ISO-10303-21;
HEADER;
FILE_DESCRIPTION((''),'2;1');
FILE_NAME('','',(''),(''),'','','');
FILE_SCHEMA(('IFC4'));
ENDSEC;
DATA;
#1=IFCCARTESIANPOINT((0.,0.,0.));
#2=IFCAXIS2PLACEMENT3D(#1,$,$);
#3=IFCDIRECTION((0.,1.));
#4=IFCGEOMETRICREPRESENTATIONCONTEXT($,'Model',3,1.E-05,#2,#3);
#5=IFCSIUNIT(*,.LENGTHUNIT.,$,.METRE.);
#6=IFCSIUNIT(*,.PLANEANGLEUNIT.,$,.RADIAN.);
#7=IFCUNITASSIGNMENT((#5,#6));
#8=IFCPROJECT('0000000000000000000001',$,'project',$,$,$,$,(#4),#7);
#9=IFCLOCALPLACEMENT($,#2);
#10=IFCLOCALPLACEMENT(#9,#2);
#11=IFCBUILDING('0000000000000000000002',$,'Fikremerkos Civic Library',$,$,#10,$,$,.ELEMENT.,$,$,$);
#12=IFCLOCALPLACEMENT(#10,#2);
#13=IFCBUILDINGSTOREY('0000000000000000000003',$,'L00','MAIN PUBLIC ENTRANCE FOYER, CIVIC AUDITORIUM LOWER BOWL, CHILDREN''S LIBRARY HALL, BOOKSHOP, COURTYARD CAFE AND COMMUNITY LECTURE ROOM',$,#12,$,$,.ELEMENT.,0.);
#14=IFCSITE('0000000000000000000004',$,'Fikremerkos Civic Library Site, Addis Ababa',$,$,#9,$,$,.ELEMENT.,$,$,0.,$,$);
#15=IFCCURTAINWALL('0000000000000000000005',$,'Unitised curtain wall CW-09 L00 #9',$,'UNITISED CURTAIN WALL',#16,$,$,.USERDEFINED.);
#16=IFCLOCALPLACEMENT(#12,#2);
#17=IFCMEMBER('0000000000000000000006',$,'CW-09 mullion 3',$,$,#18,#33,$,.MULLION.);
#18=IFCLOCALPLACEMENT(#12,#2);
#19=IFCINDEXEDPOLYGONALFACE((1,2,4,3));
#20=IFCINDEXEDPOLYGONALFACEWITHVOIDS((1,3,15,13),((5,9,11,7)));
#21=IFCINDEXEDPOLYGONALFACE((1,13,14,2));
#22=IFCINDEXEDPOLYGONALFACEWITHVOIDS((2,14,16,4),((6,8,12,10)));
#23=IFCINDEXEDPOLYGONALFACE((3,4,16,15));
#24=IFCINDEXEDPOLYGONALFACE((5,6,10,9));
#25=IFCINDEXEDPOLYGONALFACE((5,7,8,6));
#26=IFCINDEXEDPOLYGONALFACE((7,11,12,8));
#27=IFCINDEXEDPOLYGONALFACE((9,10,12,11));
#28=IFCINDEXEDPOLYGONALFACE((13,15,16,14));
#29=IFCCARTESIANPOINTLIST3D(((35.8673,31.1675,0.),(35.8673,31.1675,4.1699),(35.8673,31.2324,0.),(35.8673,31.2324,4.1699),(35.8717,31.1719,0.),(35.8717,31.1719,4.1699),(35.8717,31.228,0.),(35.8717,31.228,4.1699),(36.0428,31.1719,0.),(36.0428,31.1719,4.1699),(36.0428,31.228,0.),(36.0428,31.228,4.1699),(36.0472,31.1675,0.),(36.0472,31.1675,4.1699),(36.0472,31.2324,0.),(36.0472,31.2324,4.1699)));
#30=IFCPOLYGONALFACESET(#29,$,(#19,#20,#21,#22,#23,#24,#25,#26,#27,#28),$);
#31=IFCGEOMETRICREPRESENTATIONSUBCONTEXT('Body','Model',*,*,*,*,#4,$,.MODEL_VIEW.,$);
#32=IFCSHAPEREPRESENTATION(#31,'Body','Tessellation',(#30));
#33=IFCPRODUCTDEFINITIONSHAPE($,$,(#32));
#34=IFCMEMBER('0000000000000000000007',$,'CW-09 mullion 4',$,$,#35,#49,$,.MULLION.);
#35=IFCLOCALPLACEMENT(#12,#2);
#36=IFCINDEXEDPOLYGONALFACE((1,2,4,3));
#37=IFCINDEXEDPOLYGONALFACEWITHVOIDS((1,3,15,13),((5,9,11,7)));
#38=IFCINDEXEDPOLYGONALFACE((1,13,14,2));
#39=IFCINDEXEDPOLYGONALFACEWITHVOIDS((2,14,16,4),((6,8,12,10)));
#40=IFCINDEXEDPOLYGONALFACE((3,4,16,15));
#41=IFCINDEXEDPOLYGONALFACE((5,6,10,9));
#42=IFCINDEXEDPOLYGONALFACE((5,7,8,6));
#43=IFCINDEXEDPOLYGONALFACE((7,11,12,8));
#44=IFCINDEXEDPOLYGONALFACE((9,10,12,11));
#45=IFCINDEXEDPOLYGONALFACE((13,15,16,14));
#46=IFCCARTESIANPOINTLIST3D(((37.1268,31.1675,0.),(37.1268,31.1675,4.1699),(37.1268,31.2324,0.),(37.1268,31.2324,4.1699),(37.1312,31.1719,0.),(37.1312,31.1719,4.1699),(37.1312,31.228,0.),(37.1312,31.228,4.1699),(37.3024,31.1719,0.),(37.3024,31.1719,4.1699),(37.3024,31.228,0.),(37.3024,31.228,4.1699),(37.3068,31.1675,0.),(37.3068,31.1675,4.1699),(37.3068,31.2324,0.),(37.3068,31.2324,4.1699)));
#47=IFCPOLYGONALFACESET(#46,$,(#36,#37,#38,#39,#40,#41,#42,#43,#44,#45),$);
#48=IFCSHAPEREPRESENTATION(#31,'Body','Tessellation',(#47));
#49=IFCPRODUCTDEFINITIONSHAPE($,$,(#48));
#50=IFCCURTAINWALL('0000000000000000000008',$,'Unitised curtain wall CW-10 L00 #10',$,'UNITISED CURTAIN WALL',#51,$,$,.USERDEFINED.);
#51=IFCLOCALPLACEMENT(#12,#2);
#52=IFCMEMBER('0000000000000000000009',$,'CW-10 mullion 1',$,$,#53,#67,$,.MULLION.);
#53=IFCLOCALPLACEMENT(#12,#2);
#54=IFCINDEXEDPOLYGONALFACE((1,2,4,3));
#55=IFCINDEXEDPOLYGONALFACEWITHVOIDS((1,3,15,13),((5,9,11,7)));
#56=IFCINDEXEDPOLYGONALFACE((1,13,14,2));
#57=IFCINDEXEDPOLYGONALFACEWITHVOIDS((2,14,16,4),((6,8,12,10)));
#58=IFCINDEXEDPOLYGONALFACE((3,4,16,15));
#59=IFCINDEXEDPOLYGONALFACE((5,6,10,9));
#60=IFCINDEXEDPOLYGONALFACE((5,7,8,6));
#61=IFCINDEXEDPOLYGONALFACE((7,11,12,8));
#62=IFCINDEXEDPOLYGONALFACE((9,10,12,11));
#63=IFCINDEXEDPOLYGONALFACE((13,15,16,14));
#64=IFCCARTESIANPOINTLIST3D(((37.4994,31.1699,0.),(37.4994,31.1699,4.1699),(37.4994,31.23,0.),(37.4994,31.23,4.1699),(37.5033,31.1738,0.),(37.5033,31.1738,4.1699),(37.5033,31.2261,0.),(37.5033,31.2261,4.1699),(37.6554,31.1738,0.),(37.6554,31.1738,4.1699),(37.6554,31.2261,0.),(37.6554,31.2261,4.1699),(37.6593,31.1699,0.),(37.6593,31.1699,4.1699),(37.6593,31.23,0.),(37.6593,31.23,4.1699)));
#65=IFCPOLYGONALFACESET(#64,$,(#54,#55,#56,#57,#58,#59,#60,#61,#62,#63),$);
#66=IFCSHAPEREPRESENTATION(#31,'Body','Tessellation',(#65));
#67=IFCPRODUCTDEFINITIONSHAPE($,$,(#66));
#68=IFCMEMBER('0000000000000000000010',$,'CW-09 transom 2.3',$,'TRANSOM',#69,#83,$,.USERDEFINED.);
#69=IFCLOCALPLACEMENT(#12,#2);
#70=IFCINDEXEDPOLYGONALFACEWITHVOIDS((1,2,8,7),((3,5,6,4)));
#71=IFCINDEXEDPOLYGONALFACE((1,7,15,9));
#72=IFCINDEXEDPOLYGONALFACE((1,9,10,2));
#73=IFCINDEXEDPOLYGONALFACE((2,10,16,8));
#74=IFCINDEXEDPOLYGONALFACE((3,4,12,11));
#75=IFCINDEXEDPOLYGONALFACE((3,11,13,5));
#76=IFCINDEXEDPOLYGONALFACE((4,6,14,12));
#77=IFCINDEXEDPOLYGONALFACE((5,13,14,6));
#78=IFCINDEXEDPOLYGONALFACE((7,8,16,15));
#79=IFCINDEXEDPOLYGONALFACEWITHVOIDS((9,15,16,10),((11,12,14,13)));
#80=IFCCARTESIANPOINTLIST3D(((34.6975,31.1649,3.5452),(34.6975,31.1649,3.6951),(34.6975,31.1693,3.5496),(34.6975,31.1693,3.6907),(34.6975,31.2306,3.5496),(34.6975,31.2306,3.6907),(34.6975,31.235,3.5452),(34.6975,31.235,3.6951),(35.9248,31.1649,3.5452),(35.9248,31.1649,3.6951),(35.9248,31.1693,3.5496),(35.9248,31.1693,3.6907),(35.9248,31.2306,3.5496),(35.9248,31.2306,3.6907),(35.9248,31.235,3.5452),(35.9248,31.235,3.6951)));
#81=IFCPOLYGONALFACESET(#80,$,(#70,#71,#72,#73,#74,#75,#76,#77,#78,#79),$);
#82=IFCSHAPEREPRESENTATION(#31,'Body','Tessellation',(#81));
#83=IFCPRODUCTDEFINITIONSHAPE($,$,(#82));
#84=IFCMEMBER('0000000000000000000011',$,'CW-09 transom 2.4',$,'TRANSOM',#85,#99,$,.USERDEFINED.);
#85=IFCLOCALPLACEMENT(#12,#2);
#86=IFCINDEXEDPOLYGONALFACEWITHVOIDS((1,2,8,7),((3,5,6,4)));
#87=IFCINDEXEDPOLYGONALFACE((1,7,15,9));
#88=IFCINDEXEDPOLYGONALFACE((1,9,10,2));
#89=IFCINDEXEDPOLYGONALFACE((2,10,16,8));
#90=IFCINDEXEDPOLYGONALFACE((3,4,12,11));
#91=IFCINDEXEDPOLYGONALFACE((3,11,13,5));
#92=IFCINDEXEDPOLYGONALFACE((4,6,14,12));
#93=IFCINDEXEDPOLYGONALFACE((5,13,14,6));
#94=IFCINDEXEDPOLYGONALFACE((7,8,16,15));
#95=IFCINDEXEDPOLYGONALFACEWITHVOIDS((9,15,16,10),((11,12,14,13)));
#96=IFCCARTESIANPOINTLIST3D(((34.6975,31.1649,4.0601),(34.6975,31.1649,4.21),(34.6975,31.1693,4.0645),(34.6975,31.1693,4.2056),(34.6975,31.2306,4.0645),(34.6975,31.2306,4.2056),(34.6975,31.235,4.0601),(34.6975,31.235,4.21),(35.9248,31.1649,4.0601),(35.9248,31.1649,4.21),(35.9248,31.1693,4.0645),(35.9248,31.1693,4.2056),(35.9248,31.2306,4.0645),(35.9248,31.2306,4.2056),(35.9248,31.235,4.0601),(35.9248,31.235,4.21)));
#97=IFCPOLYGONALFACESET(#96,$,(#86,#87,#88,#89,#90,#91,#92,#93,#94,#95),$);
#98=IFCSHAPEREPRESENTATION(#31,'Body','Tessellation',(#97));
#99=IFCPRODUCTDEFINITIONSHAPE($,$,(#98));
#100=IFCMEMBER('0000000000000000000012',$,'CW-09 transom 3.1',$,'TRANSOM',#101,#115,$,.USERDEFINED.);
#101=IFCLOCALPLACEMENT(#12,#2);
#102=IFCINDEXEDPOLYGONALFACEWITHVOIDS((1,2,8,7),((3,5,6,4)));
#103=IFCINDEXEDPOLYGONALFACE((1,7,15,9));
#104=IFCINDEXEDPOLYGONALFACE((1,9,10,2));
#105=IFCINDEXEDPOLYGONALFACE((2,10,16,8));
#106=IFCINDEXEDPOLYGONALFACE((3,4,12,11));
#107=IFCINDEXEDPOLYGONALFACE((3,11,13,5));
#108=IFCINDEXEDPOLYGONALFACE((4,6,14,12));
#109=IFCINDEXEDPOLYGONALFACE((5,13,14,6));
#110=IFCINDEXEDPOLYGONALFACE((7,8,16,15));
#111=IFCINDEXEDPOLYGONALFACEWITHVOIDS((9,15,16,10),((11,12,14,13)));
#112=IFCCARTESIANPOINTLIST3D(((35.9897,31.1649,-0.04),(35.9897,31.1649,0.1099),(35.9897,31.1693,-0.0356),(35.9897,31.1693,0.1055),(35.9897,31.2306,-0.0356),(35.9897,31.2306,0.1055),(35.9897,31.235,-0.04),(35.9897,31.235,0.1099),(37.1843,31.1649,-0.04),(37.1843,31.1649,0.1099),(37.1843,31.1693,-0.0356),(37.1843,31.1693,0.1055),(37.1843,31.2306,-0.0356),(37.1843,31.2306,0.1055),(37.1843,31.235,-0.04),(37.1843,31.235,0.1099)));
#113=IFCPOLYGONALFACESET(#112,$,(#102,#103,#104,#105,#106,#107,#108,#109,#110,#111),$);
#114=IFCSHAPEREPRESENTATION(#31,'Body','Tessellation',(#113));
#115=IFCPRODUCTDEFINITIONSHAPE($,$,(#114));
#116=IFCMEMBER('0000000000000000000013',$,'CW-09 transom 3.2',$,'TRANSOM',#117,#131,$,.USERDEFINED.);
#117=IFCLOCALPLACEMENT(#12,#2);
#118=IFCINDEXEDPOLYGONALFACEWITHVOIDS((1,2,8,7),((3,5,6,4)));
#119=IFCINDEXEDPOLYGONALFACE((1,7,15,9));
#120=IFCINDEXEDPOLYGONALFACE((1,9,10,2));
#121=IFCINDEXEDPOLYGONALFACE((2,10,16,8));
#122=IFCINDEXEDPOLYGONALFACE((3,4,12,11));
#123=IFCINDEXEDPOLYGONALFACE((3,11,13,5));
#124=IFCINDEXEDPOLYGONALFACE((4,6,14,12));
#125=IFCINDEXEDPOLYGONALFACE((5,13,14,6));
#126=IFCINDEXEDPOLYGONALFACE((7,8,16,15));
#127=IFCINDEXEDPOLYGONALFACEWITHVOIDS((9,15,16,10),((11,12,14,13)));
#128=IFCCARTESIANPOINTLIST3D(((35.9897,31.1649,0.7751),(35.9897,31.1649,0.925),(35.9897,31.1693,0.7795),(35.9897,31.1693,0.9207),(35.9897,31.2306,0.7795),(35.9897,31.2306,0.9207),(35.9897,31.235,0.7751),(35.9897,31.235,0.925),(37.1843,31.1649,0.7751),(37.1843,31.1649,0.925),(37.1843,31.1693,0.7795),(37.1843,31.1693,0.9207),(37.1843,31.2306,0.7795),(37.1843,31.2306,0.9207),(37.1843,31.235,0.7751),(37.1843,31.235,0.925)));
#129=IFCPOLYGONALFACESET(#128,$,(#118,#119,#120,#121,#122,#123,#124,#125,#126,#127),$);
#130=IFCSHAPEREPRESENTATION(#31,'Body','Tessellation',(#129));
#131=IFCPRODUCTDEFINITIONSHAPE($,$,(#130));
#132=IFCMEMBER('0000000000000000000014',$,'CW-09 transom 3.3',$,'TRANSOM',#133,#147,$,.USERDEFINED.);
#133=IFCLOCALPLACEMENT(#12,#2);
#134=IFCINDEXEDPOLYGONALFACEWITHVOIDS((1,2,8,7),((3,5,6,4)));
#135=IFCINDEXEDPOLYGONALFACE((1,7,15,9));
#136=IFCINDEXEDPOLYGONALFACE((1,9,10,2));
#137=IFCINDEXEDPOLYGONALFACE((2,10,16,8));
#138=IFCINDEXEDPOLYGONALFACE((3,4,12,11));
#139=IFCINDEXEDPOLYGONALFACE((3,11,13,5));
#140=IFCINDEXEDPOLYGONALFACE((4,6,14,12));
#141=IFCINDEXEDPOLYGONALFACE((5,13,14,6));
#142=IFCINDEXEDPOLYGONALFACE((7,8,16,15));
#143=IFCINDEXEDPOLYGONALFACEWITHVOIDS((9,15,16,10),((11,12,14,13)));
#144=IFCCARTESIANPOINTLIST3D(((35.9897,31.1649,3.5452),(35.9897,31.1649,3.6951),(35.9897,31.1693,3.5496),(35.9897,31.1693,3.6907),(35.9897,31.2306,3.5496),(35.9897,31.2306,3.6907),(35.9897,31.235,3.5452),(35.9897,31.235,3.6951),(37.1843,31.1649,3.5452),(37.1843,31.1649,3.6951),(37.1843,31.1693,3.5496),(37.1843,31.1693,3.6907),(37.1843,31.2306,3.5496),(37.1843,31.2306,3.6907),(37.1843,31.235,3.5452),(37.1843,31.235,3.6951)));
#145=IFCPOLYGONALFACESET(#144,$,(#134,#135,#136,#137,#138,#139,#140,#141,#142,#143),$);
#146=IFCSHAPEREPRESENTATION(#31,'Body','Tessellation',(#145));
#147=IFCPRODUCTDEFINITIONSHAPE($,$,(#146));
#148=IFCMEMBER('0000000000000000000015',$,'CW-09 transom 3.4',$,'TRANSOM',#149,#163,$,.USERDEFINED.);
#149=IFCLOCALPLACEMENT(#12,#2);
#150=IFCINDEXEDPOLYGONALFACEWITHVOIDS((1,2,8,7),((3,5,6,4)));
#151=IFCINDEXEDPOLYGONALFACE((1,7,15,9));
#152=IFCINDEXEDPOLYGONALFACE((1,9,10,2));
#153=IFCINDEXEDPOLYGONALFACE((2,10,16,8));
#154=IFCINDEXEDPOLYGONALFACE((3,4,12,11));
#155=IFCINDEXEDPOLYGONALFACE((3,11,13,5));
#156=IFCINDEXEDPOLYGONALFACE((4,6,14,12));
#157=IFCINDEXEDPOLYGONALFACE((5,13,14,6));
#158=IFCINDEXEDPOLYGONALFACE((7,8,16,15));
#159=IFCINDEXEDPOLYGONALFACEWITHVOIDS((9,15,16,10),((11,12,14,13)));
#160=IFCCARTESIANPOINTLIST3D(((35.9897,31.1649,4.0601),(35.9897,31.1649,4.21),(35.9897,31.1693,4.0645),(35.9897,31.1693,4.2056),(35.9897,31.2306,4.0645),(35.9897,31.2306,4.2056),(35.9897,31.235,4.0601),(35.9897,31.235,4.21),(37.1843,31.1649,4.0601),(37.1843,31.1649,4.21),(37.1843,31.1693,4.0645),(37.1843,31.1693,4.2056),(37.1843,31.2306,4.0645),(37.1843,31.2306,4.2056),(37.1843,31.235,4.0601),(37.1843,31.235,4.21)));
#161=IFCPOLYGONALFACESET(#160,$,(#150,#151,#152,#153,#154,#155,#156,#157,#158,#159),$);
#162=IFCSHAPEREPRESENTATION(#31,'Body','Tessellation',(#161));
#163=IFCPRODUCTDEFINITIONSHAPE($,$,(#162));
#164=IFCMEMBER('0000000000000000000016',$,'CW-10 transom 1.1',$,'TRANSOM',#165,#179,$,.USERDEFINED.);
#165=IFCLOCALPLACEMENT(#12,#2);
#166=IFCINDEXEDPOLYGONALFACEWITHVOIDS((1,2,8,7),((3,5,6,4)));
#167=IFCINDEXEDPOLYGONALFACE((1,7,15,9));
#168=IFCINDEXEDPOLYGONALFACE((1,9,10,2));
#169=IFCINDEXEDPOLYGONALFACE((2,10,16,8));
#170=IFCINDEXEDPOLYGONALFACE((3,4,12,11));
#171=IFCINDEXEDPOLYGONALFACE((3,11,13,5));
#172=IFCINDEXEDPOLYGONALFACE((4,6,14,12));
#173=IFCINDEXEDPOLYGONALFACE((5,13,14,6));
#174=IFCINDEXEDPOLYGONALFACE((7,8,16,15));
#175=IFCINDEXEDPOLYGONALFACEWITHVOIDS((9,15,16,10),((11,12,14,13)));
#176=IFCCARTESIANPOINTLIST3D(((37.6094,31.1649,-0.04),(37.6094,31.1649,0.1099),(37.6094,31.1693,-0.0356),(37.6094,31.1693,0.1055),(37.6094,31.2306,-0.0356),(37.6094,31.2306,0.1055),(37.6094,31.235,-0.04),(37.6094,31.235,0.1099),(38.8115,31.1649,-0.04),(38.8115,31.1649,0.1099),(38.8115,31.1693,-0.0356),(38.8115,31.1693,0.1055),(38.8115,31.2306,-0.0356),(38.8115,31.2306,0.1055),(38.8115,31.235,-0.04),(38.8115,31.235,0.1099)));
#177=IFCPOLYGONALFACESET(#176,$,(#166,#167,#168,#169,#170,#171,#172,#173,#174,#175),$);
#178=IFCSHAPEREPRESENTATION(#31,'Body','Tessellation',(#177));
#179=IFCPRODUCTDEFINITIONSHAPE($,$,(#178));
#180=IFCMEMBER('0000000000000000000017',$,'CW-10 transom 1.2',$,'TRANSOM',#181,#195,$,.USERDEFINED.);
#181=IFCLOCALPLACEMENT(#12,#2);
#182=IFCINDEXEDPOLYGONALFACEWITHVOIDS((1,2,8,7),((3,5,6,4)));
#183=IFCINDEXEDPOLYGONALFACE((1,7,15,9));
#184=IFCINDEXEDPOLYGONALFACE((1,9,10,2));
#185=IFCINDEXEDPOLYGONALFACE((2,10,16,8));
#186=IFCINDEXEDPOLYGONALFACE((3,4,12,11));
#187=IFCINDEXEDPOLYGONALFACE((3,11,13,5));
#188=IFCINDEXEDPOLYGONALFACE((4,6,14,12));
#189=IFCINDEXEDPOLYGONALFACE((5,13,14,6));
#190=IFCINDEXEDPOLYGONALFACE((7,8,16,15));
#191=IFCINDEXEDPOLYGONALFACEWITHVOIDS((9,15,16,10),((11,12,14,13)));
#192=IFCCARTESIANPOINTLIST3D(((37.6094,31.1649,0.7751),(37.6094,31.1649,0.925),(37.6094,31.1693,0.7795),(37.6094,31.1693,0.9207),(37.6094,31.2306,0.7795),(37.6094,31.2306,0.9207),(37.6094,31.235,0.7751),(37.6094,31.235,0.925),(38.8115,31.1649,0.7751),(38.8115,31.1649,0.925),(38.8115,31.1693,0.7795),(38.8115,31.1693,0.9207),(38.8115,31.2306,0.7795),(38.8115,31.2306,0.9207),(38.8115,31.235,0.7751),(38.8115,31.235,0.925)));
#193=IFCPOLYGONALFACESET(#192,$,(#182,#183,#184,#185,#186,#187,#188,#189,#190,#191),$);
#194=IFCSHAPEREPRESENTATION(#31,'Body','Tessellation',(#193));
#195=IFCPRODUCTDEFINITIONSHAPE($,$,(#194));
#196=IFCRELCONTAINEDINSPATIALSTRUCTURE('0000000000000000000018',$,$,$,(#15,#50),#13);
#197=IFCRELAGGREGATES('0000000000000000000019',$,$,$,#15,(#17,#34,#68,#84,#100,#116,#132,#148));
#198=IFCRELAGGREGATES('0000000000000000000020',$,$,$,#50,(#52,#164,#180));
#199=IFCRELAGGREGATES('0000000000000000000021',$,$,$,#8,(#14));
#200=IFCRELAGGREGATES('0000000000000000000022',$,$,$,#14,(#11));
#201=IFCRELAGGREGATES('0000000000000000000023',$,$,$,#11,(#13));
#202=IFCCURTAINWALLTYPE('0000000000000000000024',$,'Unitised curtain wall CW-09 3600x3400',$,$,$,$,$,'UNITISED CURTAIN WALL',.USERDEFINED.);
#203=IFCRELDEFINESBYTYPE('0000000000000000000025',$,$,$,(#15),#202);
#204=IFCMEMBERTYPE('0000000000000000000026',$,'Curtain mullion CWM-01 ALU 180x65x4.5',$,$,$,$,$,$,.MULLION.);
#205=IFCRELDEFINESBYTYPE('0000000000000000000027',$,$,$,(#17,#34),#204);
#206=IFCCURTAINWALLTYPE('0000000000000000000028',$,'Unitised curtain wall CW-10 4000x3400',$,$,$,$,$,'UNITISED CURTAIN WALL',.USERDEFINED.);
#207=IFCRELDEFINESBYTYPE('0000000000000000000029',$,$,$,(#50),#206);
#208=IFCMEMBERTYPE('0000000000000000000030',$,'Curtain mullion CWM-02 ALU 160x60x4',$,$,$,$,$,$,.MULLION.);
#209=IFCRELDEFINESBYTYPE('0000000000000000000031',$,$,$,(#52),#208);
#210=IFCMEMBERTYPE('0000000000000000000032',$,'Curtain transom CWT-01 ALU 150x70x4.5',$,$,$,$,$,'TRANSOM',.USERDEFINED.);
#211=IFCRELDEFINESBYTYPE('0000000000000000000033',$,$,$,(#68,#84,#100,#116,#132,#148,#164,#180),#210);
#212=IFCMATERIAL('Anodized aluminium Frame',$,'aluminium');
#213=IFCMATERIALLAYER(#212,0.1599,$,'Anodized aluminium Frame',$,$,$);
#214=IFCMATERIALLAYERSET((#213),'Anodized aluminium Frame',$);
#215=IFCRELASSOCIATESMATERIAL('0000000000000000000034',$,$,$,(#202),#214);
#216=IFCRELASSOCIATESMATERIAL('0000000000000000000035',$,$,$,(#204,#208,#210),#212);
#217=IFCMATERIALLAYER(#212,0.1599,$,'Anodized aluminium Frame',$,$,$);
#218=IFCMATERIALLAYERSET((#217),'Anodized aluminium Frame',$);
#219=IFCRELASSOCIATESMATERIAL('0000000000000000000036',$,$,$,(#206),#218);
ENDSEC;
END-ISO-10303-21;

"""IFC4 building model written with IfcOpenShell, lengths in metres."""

from ifc_helpers import new_model, si_unit, direction, frame, origin, origin_2d, place, context, subcontext, project, spatial, hollow_rectangle, extrude, material, layer, layer_set, material_profile, profile_set, type_object, element, aggregate, save


model = new_model("IFC4")

# Units and contexts
model_context = context("Model", 3, precision=1e-05, world=origin(), true_north=direction((0.0, 1.0)))
body_context = subcontext(model_context, "Body", "Model", "MODEL_VIEW")
ifc_project = project(units=[si_unit("LENGTHUNIT", "METRE"), si_unit("PLANEANGLEUNIT", "RADIAN")], contexts=[model_context])

# Site, building, storey
site_placement = place(None, origin())
site = spatial("IfcSite", under=ifc_project, at=site_placement, Name="Fikremerkos Civic Library Site, Addis Ababa", CompositionType="ELEMENT", RefElevation=0.0)
building_placement = place(site_placement, origin())
building = spatial("IfcBuilding", under=site, at=building_placement, Name="Fikremerkos Civic Library", CompositionType="ELEMENT")
storey_placement = place(building_placement, origin())
storey = spatial("IfcBuildingStorey", under=building, at=storey_placement, Name="L00", Description="MAIN PUBLIC ENTRANCE FOYER, CIVIC AUDITORIUM LOWER BOWL, CHILDREN'S LIBRARY HALL, BOOKSHOP, COURTYARD CAFE AND COMMUNITY LECTURE ROOM", CompositionType="ELEMENT", Elevation=0.0)

# Curtain wall, members
ifc_material_1 = material(Name="Anodized aluminium Frame", Category="aluminium")
ifc_layer_1 = layer(ifc_material_1, 0.1599, Name="Anodized aluminium Frame")
ifc_layer_set_1 = layer_set([ifc_layer_1], Name="Anodized aluminium Frame")
curtain_wall_type_1 = type_object("IfcCurtainWallType", Name="Unitised curtain wall CW-09 3600x3400", ElementType="UNITISED CURTAIN WALL", PredefinedType="USERDEFINED", material=ifc_layer_set_1)
curtain_wall_1_placement = place(storey_placement, origin())
curtain_wall_1 = element("IfcCurtainWall", 1, at=curtain_wall_1_placement, inside=storey, type_object=curtain_wall_type_1, Name="Unitised curtain wall CW-09 L00 #9", ObjectType="UNITISED CURTAIN WALL", PredefinedType="USERDEFINED")
ifc_material_profile_1 = material_profile(ifc_material_1, hollow_rectangle(XDim=0.0649, YDim=0.1799, WallThickness=0.0044, at=origin_2d()), Name="ALU 180x65x4.5")
ifc_profile_set_1 = profile_set([ifc_material_profile_1], Name="Anodized aluminium Frame")
member_type_1 = type_object("IfcMemberType", Name="Curtain mullion CWM-01 ALU 180x65x4.5", PredefinedType="MULLION", material=ifc_profile_set_1)
member_1_placement = place(storey_placement, frame((35.9573, 31.2, 0.0), z_axis=(0.0, 0.0, 1.0), x_axis=(0.0, 1.0, 0.0)))
member_1 = element("IfcMember", 2, at=member_1_placement, type_object=member_type_1, Name="CW-09 mullion 3", PredefinedType="MULLION", context=body_context, shape_type="SweptSolid", body=[
    extrude(hollow_rectangle(XDim=0.0649, YDim=0.1799, WallThickness=0.0044, at=origin_2d()), origin(), (0.0, 0.0, 1.0), 4.1699),
])
member_2_placement = place(storey_placement, frame((37.2168, 31.2, 0.0), z_axis=(0.0, 0.0, 1.0), x_axis=(0.0, 1.0, 0.0)))
member_2 = element("IfcMember", 3, at=member_2_placement, type_object=member_type_1, Name="CW-09 mullion 4", PredefinedType="MULLION", context=body_context, shape_type="SweptSolid", body=[
    extrude(hollow_rectangle(XDim=0.0649, YDim=0.1799, WallThickness=0.0044, at=origin_2d()), origin(), (0.0, 0.0, 1.0), 4.1699),
])

# Curtain wall, member
ifc_layer_2 = layer(ifc_material_1, 0.1599, Name="Anodized aluminium Frame")
ifc_layer_set_2 = layer_set([ifc_layer_2], Name="Anodized aluminium Frame")
curtain_wall_type_2 = type_object("IfcCurtainWallType", Name="Unitised curtain wall CW-10 4000x3400", ElementType="UNITISED CURTAIN WALL", PredefinedType="USERDEFINED", material=ifc_layer_set_2)
curtain_wall_2_placement = place(storey_placement, origin())
curtain_wall_2 = element("IfcCurtainWall", 4, at=curtain_wall_2_placement, inside=storey, type_object=curtain_wall_type_2, Name="Unitised curtain wall CW-10 L00 #10", ObjectType="UNITISED CURTAIN WALL", PredefinedType="USERDEFINED")
ifc_material_profile_2 = material_profile(ifc_material_1, hollow_rectangle(XDim=0.0601, YDim=0.1599, WallThickness=0.0039, at=origin_2d()), Name="ALU 160x60x4")
ifc_profile_set_2 = profile_set([ifc_material_profile_2], Name="Anodized aluminium Frame")
member_type_2 = type_object("IfcMemberType", Name="Curtain mullion CWM-02 ALU 160x60x4", PredefinedType="MULLION", material=ifc_profile_set_2)
member_3_placement = place(storey_placement, frame((37.5793, 31.2, 0.0), z_axis=(0.0, 0.0, 1.0), x_axis=(0.0, 1.0, 0.0)))
member_3 = element("IfcMember", 5, at=member_3_placement, type_object=member_type_2, Name="CW-10 mullion 1", PredefinedType="MULLION", context=body_context, shape_type="SweptSolid", body=[
    extrude(hollow_rectangle(XDim=0.0601, YDim=0.1599, WallThickness=0.0039, at=origin_2d()), origin(), (0.0, 0.0, 1.0), 4.1699),
])

# Members
ifc_material_profile_3 = material_profile(ifc_material_1, hollow_rectangle(XDim=0.0701, YDim=0.1499, WallThickness=0.0044, at=origin_2d()), Name="ALU 150x70x4.5")
ifc_profile_set_3 = profile_set([ifc_material_profile_3], Name="Anodized aluminium Frame")
member_type_3 = type_object("IfcMemberType", Name="Curtain transom CWT-01 ALU 150x70x4.5", ElementType="TRANSOM", PredefinedType="USERDEFINED", material=ifc_profile_set_3)
member_4_placement = place(storey_placement, frame((34.6975, 31.2, 3.6201), z_axis=(1.0, 0.0, 0.0), x_axis=(0.0, 1.0, 0.0)))
member_4 = element("IfcMember", 6, at=member_4_placement, type_object=member_type_3, Name="CW-09 transom 2.3", ObjectType="TRANSOM", PredefinedType="USERDEFINED", context=body_context, shape_type="SweptSolid", body=[
    extrude(hollow_rectangle(XDim=0.0701, YDim=0.1499, WallThickness=0.0044, at=origin_2d()), origin(), (0.0, 0.0, 1.0), 1.2273),
])
member_5_placement = place(storey_placement, frame((34.6975, 31.2, 4.135), z_axis=(1.0, 0.0, 0.0), x_axis=(0.0, 1.0, 0.0)))
member_5 = element("IfcMember", 7, at=member_5_placement, type_object=member_type_3, Name="CW-09 transom 2.4", ObjectType="TRANSOM", PredefinedType="USERDEFINED", context=body_context, shape_type="SweptSolid", body=[
    extrude(hollow_rectangle(XDim=0.0701, YDim=0.1499, WallThickness=0.0044, at=origin_2d()), origin(), (0.0, 0.0, 1.0), 1.2273),
])
member_6_placement = place(storey_placement, frame((35.9897, 31.2, 0.0349), z_axis=(1.0, 0.0, 0.0), x_axis=(0.0, 1.0, 0.0)))
member_6 = element("IfcMember", 8, at=member_6_placement, type_object=member_type_3, Name="CW-09 transom 3.1", ObjectType="TRANSOM", PredefinedType="USERDEFINED", context=body_context, shape_type="SweptSolid", body=[
    extrude(hollow_rectangle(XDim=0.0701, YDim=0.1499, WallThickness=0.0044, at=origin_2d()), origin(), (0.0, 0.0, 1.0), 1.1946),
])
member_7_placement = place(storey_placement, frame((35.9897, 31.2, 0.8501), z_axis=(1.0, 0.0, 0.0), x_axis=(0.0, 1.0, 0.0)))
member_7 = element("IfcMember", 9, at=member_7_placement, type_object=member_type_3, Name="CW-09 transom 3.2", ObjectType="TRANSOM", PredefinedType="USERDEFINED", context=body_context, shape_type="SweptSolid", body=[
    extrude(hollow_rectangle(XDim=0.0701, YDim=0.1499, WallThickness=0.0044, at=origin_2d()), origin(), (0.0, 0.0, 1.0), 1.1946),
])
member_8_placement = place(storey_placement, frame((35.9897, 31.2, 3.6201), z_axis=(1.0, 0.0, 0.0), x_axis=(0.0, 1.0, 0.0)))
member_8 = element("IfcMember", 10, at=member_8_placement, type_object=member_type_3, Name="CW-09 transom 3.3", ObjectType="TRANSOM", PredefinedType="USERDEFINED", context=body_context, shape_type="SweptSolid", body=[
    extrude(hollow_rectangle(XDim=0.0701, YDim=0.1499, WallThickness=0.0044, at=origin_2d()), origin(), (0.0, 0.0, 1.0), 1.1946),
])
member_9_placement = place(storey_placement, frame((35.9897, 31.2, 4.135), z_axis=(1.0, 0.0, 0.0), x_axis=(0.0, 1.0, 0.0)))
member_9 = element("IfcMember", 11, at=member_9_placement, type_object=member_type_3, Name="CW-09 transom 3.4", ObjectType="TRANSOM", PredefinedType="USERDEFINED", context=body_context, shape_type="SweptSolid", body=[
    extrude(hollow_rectangle(XDim=0.0701, YDim=0.1499, WallThickness=0.0044, at=origin_2d()), origin(), (0.0, 0.0, 1.0), 1.1946),
])
member_10_placement = place(storey_placement, frame((37.6094, 31.2, 0.0349), z_axis=(1.0, 0.0, 0.0), x_axis=(0.0, 1.0, 0.0)))
member_10 = element("IfcMember", 12, at=member_10_placement, type_object=member_type_3, Name="CW-10 transom 1.1", ObjectType="TRANSOM", PredefinedType="USERDEFINED", context=body_context, shape_type="SweptSolid", body=[
    extrude(hollow_rectangle(XDim=0.0701, YDim=0.1499, WallThickness=0.0044, at=origin_2d()), origin(), (0.0, 0.0, 1.0), 1.2021),
])
member_11_placement = place(storey_placement, frame((37.6094, 31.2, 0.8501), z_axis=(1.0, 0.0, 0.0), x_axis=(0.0, 1.0, 0.0)))
member_11 = element("IfcMember", 13, at=member_11_placement, type_object=member_type_3, Name="CW-10 transom 1.2", ObjectType="TRANSOM", PredefinedType="USERDEFINED", context=body_context, shape_type="SweptSolid", body=[
    extrude(hollow_rectangle(XDim=0.0701, YDim=0.1499, WallThickness=0.0044, at=origin_2d()), origin(), (0.0, 0.0, 1.0), 1.2021),
])

aggregate(curtain_wall_1, [member_1, member_2, member_4, member_5, member_6, member_7, member_8, member_9])
aggregate(curtain_wall_2, [member_3, member_10, member_11])

save(model, "model.ifc")
